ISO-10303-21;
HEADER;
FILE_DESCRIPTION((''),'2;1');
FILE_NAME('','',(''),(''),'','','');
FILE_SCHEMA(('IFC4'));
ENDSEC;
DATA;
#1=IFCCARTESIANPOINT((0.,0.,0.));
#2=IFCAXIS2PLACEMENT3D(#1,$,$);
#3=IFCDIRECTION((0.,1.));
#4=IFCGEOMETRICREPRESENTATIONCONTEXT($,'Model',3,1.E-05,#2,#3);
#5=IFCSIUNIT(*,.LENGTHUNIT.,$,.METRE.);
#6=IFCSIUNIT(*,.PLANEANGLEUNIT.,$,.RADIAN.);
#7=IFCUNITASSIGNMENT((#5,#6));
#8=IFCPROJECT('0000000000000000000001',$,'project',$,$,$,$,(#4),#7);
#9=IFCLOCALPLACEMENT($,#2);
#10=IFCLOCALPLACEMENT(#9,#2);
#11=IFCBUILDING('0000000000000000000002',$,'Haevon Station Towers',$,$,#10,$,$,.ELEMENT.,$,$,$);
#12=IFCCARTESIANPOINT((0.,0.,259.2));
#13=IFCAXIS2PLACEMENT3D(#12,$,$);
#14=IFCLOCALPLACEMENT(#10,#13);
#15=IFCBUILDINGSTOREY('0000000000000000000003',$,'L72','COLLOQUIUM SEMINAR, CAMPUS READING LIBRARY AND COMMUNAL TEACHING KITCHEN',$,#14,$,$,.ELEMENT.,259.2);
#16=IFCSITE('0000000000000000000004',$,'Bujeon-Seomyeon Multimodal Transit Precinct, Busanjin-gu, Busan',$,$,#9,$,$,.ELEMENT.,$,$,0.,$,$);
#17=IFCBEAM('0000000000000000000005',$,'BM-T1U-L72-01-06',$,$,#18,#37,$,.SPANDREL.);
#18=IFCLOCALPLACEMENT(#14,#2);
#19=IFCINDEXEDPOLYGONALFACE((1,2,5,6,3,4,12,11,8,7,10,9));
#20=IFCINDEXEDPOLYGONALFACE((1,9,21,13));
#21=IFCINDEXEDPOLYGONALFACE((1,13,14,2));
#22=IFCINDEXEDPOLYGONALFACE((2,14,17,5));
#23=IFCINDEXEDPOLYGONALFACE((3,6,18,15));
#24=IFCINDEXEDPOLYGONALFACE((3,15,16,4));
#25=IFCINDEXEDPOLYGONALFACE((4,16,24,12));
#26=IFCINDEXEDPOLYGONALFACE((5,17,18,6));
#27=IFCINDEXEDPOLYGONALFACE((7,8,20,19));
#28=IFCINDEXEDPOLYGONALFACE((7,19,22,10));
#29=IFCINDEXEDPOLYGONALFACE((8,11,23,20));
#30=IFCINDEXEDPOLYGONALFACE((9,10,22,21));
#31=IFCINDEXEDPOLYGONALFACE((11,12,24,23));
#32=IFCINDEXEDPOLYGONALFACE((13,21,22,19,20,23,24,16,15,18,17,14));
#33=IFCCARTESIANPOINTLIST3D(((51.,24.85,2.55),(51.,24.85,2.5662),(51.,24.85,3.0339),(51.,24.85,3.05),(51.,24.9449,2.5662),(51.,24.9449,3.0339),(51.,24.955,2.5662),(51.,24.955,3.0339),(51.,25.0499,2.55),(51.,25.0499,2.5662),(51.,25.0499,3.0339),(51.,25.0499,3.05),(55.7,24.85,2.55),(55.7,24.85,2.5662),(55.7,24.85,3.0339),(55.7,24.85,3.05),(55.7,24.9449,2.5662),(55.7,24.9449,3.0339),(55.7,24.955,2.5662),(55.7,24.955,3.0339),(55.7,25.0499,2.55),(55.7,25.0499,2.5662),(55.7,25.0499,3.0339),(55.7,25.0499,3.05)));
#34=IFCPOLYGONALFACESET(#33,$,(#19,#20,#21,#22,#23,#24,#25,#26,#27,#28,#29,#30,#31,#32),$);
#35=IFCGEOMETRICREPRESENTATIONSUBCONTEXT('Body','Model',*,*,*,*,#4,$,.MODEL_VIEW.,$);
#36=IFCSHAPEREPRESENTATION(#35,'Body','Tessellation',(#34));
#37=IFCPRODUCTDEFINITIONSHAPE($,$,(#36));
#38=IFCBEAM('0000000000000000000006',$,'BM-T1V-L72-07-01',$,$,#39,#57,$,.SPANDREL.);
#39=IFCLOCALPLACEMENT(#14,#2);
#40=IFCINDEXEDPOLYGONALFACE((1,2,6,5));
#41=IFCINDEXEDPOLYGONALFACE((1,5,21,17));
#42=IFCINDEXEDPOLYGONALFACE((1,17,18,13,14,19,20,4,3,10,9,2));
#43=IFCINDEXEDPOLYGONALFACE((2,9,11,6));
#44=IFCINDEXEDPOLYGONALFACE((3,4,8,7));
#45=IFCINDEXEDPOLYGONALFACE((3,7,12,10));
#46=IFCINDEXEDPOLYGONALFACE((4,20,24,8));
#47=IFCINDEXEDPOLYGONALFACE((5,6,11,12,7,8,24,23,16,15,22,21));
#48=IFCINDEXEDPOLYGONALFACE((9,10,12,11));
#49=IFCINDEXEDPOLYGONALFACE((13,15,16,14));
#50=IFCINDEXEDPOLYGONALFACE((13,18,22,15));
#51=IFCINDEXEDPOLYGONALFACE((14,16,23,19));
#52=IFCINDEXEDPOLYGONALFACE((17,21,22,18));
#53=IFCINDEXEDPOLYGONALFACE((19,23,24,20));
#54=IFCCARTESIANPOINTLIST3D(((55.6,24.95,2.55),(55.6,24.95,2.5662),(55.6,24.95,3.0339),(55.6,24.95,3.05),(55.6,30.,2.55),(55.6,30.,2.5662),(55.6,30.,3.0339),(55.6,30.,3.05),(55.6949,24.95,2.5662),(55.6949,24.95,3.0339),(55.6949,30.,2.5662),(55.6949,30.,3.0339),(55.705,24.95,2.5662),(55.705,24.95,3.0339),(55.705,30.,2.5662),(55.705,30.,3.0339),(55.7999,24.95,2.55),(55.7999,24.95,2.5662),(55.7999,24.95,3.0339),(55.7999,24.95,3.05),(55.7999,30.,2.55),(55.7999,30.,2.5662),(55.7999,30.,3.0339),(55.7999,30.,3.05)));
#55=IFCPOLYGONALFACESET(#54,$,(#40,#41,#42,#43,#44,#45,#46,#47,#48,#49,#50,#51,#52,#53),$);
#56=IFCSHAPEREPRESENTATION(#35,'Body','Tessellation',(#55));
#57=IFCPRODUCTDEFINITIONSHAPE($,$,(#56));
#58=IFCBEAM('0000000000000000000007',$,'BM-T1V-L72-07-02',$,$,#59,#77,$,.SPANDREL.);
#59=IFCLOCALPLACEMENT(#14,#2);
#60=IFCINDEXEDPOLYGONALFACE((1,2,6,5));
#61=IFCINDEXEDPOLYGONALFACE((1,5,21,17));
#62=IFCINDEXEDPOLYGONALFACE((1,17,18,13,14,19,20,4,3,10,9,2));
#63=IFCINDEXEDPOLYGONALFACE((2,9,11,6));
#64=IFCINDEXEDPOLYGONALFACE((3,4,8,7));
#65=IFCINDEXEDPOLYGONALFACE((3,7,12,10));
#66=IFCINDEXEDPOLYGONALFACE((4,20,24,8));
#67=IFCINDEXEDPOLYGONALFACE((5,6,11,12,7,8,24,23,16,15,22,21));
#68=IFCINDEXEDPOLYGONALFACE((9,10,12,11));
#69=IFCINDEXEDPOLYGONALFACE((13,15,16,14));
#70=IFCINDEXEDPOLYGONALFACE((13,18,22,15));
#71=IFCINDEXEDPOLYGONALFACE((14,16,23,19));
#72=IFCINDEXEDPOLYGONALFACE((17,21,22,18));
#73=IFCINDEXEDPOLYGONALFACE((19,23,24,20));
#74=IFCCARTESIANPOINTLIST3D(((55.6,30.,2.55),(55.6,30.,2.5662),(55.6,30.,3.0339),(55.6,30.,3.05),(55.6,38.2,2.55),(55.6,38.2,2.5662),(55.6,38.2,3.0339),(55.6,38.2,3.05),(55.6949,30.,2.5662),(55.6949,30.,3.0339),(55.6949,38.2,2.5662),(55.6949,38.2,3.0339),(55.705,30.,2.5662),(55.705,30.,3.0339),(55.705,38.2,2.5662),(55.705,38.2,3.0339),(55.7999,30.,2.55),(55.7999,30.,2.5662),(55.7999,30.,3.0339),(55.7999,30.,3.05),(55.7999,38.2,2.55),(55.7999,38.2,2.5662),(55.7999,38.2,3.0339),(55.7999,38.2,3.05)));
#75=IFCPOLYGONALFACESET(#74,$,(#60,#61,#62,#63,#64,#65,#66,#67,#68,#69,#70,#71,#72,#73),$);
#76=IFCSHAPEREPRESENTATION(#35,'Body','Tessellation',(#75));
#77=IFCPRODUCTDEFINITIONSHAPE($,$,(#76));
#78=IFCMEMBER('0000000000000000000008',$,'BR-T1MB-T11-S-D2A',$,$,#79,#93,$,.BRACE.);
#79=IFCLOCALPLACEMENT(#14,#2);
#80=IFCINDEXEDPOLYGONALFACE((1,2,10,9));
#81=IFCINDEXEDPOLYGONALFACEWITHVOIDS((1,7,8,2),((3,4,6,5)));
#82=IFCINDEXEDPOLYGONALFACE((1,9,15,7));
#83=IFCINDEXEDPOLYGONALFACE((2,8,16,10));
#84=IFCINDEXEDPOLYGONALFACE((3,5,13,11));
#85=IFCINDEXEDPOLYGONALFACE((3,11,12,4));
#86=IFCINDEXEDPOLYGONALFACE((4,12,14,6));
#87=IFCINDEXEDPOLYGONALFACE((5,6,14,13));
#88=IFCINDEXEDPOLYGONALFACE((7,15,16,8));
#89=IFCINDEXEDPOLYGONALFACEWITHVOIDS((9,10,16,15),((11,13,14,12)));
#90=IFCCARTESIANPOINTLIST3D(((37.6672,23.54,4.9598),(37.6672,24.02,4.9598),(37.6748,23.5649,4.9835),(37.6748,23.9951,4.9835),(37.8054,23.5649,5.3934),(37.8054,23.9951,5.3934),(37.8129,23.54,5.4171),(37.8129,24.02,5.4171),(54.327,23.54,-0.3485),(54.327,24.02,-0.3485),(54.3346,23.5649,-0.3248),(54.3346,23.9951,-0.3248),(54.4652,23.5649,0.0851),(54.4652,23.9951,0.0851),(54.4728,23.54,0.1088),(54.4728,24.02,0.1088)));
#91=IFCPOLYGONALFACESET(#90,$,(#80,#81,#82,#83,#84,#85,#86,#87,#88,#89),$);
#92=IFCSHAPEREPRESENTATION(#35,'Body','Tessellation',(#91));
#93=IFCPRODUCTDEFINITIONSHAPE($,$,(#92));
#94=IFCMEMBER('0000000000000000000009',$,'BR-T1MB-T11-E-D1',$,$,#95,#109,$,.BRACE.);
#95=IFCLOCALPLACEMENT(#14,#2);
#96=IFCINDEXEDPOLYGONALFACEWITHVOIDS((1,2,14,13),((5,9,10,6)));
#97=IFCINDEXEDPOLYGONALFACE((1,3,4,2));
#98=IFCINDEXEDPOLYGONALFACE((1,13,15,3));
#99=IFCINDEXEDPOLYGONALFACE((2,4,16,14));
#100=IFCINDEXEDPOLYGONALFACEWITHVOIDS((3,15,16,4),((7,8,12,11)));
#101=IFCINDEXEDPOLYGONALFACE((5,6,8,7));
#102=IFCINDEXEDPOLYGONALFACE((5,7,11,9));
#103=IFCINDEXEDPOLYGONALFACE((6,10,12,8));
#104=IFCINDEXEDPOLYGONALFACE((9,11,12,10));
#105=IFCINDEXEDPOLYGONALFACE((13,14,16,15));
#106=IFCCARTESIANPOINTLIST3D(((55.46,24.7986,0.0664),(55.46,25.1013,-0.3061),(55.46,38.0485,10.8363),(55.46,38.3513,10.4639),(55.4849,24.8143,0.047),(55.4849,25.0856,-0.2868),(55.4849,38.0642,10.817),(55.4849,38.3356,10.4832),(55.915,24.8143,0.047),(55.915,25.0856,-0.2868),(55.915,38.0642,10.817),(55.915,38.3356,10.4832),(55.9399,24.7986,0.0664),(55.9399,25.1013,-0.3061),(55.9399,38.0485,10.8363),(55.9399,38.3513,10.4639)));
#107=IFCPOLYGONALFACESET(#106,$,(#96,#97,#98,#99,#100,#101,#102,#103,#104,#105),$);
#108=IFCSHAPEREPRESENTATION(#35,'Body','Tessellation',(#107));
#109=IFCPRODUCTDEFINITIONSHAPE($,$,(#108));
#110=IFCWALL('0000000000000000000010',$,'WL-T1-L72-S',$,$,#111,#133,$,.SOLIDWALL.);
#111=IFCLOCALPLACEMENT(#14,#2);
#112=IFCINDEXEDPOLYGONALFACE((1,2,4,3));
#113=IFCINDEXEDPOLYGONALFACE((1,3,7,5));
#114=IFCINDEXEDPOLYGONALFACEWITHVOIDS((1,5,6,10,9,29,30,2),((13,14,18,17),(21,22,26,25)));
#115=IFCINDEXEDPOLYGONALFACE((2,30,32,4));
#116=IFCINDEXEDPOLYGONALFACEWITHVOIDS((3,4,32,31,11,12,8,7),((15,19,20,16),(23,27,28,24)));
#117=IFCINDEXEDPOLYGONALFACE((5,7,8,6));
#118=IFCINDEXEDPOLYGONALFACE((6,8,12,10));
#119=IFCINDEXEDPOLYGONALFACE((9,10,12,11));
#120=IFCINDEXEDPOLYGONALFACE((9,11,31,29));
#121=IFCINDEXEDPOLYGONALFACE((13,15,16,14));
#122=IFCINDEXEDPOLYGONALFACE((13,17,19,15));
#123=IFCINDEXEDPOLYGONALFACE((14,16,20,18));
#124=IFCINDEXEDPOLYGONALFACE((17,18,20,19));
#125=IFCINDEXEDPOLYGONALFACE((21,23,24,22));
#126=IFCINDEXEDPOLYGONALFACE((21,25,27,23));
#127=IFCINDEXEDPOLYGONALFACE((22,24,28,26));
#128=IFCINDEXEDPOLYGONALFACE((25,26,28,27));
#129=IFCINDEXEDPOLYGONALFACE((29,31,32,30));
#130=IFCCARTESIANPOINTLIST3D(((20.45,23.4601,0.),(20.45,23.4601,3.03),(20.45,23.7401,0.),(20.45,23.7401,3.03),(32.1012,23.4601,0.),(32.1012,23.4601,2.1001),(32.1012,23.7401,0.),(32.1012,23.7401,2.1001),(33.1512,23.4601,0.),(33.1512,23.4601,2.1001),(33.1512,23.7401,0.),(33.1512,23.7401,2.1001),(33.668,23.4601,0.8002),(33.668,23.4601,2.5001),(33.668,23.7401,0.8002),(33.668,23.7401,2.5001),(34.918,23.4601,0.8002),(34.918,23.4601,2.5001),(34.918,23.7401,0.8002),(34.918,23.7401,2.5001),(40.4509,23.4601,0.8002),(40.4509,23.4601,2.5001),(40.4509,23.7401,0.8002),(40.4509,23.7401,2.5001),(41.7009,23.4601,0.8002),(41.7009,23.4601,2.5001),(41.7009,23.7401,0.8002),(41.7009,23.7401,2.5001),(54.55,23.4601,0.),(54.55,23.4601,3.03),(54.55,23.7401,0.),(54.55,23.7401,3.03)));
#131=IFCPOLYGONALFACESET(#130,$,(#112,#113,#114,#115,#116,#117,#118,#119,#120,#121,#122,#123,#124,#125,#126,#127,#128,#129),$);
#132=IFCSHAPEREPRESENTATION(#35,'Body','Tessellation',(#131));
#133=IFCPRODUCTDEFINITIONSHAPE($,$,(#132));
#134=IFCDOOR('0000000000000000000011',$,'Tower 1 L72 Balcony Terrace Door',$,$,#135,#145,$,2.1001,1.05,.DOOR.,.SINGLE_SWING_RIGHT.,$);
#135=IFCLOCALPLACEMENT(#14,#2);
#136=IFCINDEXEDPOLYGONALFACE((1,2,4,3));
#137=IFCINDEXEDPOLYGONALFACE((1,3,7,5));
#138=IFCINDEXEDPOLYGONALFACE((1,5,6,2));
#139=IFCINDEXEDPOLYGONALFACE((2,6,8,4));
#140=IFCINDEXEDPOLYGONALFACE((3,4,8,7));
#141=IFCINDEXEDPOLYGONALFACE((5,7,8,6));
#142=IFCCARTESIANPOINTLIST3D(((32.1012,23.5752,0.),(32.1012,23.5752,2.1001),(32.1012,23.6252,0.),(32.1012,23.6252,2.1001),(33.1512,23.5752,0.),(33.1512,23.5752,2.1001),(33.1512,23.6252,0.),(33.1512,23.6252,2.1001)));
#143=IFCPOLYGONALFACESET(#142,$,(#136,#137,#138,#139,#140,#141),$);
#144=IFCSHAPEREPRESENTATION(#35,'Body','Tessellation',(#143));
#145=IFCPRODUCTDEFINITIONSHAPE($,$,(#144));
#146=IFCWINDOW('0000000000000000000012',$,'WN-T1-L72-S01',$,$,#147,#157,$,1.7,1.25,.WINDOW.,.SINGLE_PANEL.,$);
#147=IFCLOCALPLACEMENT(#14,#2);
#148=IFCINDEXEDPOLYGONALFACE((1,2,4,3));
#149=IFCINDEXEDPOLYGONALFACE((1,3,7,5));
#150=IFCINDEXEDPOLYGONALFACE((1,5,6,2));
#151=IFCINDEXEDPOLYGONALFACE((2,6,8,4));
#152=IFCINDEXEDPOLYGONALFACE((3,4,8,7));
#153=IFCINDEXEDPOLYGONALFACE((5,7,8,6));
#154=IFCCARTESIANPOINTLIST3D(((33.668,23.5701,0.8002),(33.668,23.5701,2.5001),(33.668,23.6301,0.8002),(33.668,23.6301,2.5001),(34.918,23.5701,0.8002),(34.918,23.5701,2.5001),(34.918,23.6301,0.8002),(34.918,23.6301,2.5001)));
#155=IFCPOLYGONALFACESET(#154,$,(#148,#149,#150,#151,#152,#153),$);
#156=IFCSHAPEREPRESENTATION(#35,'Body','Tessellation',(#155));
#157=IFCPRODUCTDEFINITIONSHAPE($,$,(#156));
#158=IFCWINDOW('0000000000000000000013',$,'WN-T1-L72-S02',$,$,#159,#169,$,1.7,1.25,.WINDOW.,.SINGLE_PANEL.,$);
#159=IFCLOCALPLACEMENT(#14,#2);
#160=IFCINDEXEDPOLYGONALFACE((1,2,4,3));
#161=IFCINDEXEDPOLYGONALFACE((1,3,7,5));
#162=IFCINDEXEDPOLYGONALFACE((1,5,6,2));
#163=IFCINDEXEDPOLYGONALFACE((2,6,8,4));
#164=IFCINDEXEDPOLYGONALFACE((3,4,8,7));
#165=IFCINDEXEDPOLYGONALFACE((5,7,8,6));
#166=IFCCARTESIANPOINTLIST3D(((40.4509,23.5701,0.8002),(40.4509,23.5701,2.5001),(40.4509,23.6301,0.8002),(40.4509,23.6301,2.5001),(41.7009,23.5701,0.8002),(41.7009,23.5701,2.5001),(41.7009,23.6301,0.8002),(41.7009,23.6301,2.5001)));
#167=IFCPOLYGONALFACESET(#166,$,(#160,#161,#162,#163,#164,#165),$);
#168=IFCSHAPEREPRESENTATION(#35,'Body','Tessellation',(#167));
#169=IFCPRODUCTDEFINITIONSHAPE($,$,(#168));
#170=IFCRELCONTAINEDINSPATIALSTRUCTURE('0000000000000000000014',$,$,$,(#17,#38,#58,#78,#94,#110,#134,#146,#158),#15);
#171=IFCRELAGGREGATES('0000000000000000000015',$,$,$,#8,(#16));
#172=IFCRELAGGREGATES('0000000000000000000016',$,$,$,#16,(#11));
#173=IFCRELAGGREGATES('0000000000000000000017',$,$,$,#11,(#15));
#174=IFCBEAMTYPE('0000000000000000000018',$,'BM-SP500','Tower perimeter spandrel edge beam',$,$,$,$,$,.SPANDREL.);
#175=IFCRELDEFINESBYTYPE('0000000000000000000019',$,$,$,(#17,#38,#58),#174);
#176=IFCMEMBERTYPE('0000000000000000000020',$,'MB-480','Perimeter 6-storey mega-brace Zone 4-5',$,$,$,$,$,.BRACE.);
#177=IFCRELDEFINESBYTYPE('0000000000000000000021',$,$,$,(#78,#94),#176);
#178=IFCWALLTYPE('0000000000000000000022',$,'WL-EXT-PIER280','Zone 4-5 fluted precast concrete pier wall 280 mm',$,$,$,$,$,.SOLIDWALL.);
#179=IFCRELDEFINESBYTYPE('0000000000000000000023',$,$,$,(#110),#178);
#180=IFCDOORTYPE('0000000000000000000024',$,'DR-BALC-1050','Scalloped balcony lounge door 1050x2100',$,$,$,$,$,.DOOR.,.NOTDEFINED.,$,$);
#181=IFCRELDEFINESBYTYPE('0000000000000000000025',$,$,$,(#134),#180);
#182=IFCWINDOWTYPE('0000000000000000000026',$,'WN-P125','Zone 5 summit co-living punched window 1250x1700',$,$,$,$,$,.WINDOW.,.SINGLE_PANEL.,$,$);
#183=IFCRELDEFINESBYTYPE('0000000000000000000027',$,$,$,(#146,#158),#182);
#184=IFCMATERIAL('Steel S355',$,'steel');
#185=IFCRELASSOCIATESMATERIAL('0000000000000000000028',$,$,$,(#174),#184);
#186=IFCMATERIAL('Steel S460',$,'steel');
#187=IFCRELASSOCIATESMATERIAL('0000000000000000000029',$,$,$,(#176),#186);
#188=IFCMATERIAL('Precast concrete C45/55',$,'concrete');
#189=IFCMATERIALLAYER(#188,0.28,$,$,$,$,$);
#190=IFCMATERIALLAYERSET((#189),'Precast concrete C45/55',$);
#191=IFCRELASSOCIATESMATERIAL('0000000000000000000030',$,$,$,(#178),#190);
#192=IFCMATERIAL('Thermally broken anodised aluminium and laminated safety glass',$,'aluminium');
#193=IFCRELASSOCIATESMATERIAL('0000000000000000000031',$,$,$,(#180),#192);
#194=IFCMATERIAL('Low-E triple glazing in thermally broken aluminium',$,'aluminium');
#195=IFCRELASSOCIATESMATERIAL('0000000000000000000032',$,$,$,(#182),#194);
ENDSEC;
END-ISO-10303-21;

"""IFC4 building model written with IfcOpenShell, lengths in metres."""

from ifc_helpers import new_model, si_unit, direction, frame, frame_2d, origin, origin_2d, place, context, subcontext, project, spatial, rectangle, hollow_rectangle, i_section, extrude, material, layer, layer_set, material_profile, profile_set, type_object, element, fill, save


model = new_model("IFC4")

# Units and contexts
model_context = context("Model", 3, precision=1e-05, world=origin(), true_north=direction((0.0, 1.0)))
body_context = subcontext(model_context, "Body", "Model", "MODEL_VIEW")
ifc_project = project(units=[si_unit("LENGTHUNIT", "METRE"), si_unit("PLANEANGLEUNIT", "RADIAN")], contexts=[model_context])

# Site, building, storey
site_placement = place(None, origin())
site = spatial("IfcSite", under=ifc_project, at=site_placement, Name="Bujeon-Seomyeon Multimodal Transit Precinct, Busanjin-gu, Busan", CompositionType="ELEMENT", RefElevation=0.0)
building_placement = place(site_placement, origin())
building = spatial("IfcBuilding", under=site, at=building_placement, Name="Haevon Station Towers", CompositionType="ELEMENT")
storey_placement = place(building_placement, frame((0.0, 0.0, 259.2)))
storey = spatial("IfcBuildingStorey", under=building, at=storey_placement, Name="L72", Description="COLLOQUIUM SEMINAR, CAMPUS READING LIBRARY AND COMMUNAL TEACHING KITCHEN", CompositionType="ELEMENT", Elevation=259.2)

# Shared definitions
ifc_material_1 = material(Name="Steel S460", Category="steel")
ifc_material_2 = material(Name="Steel S355", Category="steel")

# Beams
ifc_material_profile_1 = material_profile(ifc_material_2, i_section(OverallWidth=0.2, OverallDepth=0.5, WebThickness=0.01, FlangeThickness=0.0161, at=origin_2d()), Name="H-500x200x10x16")
ifc_profile_set_1 = profile_set([ifc_material_profile_1], Name="Steel S355")
beam_type_1 = type_object("IfcBeamType", Name="BM-SP500", Description="Tower perimeter spandrel edge beam", PredefinedType="SPANDREL", material=ifc_profile_set_1)
beam_1_placement = place(storey_placement, frame((51.0, 24.95, 2.8), z_axis=(1.0, 0.0, 0.0), x_axis=(0.0, 1.0, 0.0)))
element("IfcBeam", 1, at=beam_1_placement, inside=storey, type_object=beam_type_1, Name="BM-T1U-L72-01-06", PredefinedType="SPANDREL", context=body_context, shape_type="SweptSolid", body=[
    extrude(i_section(OverallWidth=0.2, OverallDepth=0.5, WebThickness=0.01, FlangeThickness=0.0161, at=origin_2d()), origin(), (0.0, 0.0, 1.0), 4.7),
])
beam_2_placement = place(storey_placement, frame((55.7, 24.95, 2.8), z_axis=(0.0, 1.0, 0.0), x_axis=(-1.0, 0.0, 0.0)))
element("IfcBeam", 2, at=beam_2_placement, inside=storey, type_object=beam_type_1, Name="BM-T1V-L72-07-01", PredefinedType="SPANDREL", context=body_context, shape_type="SweptSolid", body=[
    extrude(i_section(OverallWidth=0.2, OverallDepth=0.5, WebThickness=0.01, FlangeThickness=0.0161, at=origin_2d()), origin(), (0.0, 0.0, 1.0), 5.05),
])
beam_3_placement = place(storey_placement, frame((55.7, 30.0, 2.8), z_axis=(0.0, 1.0, 0.0), x_axis=(-1.0, 0.0, 0.0)))
element("IfcBeam", 3, at=beam_3_placement, inside=storey, type_object=beam_type_1, Name="BM-T1V-L72-07-02", PredefinedType="SPANDREL", context=body_context, shape_type="SweptSolid", body=[
    extrude(i_section(OverallWidth=0.2, OverallDepth=0.5, WebThickness=0.01, FlangeThickness=0.0161, at=origin_2d()), origin(), (0.0, 0.0, 1.0), 8.2),
])

# Members
ifc_material_profile_2 = material_profile(ifc_material_1, hollow_rectangle(XDim=0.48, YDim=0.48, WallThickness=0.0249, at=origin_2d()), Name="RHS-480x480x25")
ifc_profile_set_2 = profile_set([ifc_material_profile_2], Name="Steel S460")
member_type = type_object("IfcMemberType", Name="MB-480", Description="Perimeter 6-storey mega-brace Zone 4-5", PredefinedType="BRACE", material=ifc_profile_set_2)
member_1_placement = place(storey_placement, frame((54.3999, 23.78, -0.1199), z_axis=(-0.952802, 0.0, 0.303591), x_axis=(0.0, -1.0, 0.0)))
element("IfcMember", 4, at=member_1_placement, inside=storey, type_object=member_type, Name="BR-T1MB-T11-S-D2A", PredefinedType="BRACE", context=body_context, shape_type="SweptSolid", body=[
    extrude(hollow_rectangle(XDim=0.48, YDim=0.48, WallThickness=0.0249, at=origin_2d()), origin(), (0.0, 0.0, 1.0), 17.4851),
])
member_2_placement = place(storey_placement, frame((55.7, 24.95, -0.1199), z_axis=(0.0, 0.775988, 0.630748), x_axis=(-1.0, 0.0, 0.0)))
element("IfcMember", 5, at=member_2_placement, inside=storey, type_object=member_type, Name="BR-T1MB-T11-E-D1", PredefinedType="BRACE", context=body_context, shape_type="SweptSolid", body=[
    extrude(hollow_rectangle(XDim=0.48, YDim=0.48, WallThickness=0.0249, at=origin_2d()), origin(), (0.0, 0.0, 1.0), 17.075),
])

# Wall, openings, door, windows
ifc_material_3 = material(Name="Precast concrete C45/55", Category="concrete")
ifc_layer_1 = layer(ifc_material_3, 0.28)
ifc_layer_set_1 = layer_set([ifc_layer_1], Name="Precast concrete C45/55")
wall_type_1 = type_object("IfcWallType", Name="WL-EXT-PIER280", Description="Zone 4-5 fluted precast concrete pier wall 280 mm", PredefinedType="SOLIDWALL", material=ifc_layer_set_1)
wall_1_placement = place(storey_placement, frame((54.55, 23.6001, 0.0), z_axis=(0.0, 0.0, 1.0), x_axis=(-1.0, 0.0, 0.0)))
wall_1 = element("IfcWall", 6, at=wall_1_placement, inside=storey, type_object=wall_type_1, Name="WL-T1-L72-S", PredefinedType="SOLIDWALL", context=body_context, shape_type="SweptSolid", body=[
    extrude(rectangle(XDim=34.1001, YDim=0.28, at=frame_2d((17.05, 0.0))), origin(), (0.0, 0.0, 1.0), 3.03),
])
opening_1_placement = place(wall_1_placement, frame((21.3989, 0.0, 0.0)))
opening_1 = element("IfcOpeningElement", 7, at=opening_1_placement, cuts=wall_1, PredefinedType="OPENING", context=body_context, shape_type="SweptSolid", body=[
    extrude(rectangle(XDim=1.05, YDim=2.1001, at=frame_2d((0.5249, 1.05))), frame((0.0, 0.1499, 0.0), z_axis=(0.0, -1.0, 0.0), x_axis=(1.0, 0.0, 0.0)), (0.0, 0.0, 1.0), 0.3),
])
opening_2_placement = place(wall_1_placement, frame((19.6321, 0.0, 0.8)))
opening_2 = element("IfcOpeningElement", 8, at=opening_2_placement, cuts=wall_1, PredefinedType="OPENING", context=body_context, shape_type="SweptSolid", body=[
    extrude(rectangle(XDim=1.25, YDim=1.7, at=frame_2d((0.625, 0.8501))), frame((0.0, 0.1499, 0.0), z_axis=(0.0, -1.0, 0.0), x_axis=(1.0, 0.0, 0.0)), (0.0, 0.0, 1.0), 0.3),
])
opening_3_placement = place(wall_1_placement, frame((12.8491, 0.0, 0.8)))
opening_3 = element("IfcOpeningElement", 9, at=opening_3_placement, cuts=wall_1, PredefinedType="OPENING", context=body_context, shape_type="SweptSolid", body=[
    extrude(rectangle(XDim=1.25, YDim=1.7, at=frame_2d((0.625, 0.8501))), frame((0.0, 0.1499, 0.0), z_axis=(0.0, -1.0, 0.0), x_axis=(1.0, 0.0, 0.0)), (0.0, 0.0, 1.0), 0.3),
])
ifc_material_4 = material(Name="Thermally broken anodised aluminium and laminated safety glass", Category="aluminium")
door_type_1 = type_object("IfcDoorType", Name="DR-BALC-1050", Description="Scalloped balcony lounge door 1050x2100", OperationType="NOTDEFINED", PredefinedType="DOOR", material=ifc_material_4)
door_1_placement = place(opening_1_placement, origin())
door_1 = element("IfcDoor", 10, at=door_1_placement, inside=storey, type_object=door_type_1, Name="Tower 1 L72 Balcony Terrace Door", OperationType="SINGLE_SWING_RIGHT", OverallHeight=2.1001, OverallWidth=1.05, PredefinedType="DOOR", context=body_context, shape_type="SweptSolid", body=[
    extrude(rectangle(XDim=1.05, YDim=2.1001, at=frame_2d((0.5249, 1.05))), frame((0.0, 0.0249, 0.0), z_axis=(0.0, -1.0, 0.0), x_axis=(1.0, 0.0, 0.0)), (0.0, 0.0, 1.0), 0.05),
])
fill(opening_1, door_1)
ifc_material_5 = material(Name="Low-E triple glazing in thermally broken aluminium", Category="aluminium")
window_type = type_object("IfcWindowType", Name="WN-P125", Description="Zone 5 summit co-living punched window 1250x1700", PartitioningType="SINGLE_PANEL", PredefinedType="WINDOW", material=ifc_material_5)
window_1_placement = place(opening_2_placement, origin())
window_1 = element("IfcWindow", 11, at=window_1_placement, inside=storey, type_object=window_type, Name="WN-T1-L72-S01", OverallHeight=1.7, OverallWidth=1.25, PartitioningType="SINGLE_PANEL", PredefinedType="WINDOW", context=body_context, shape_type="SweptSolid", body=[
    extrude(rectangle(XDim=1.25, YDim=1.7, at=frame_2d((0.625, 0.8501))), frame((0.0, 0.03, 0.0), z_axis=(0.0, -1.0, 0.0), x_axis=(1.0, 0.0, 0.0)), (0.0, 0.0, 1.0), 0.0601),
])
fill(opening_2, window_1)
window_2_placement = place(opening_3_placement, origin())
window_2 = element("IfcWindow", 12, at=window_2_placement, inside=storey, type_object=window_type, Name="WN-T1-L72-S02", OverallHeight=1.7, OverallWidth=1.25, PartitioningType="SINGLE_PANEL", PredefinedType="WINDOW", context=body_context, shape_type="SweptSolid", body=[
    extrude(rectangle(XDim=1.25, YDim=1.7, at=frame_2d((0.625, 0.8501))), frame((0.0, 0.03, 0.0), z_axis=(0.0, -1.0, 0.0), x_axis=(1.0, 0.0, 0.0)), (0.0, 0.0, 1.0), 0.0601),
])
fill(opening_3, window_2)

save(model, "model.ifc")
